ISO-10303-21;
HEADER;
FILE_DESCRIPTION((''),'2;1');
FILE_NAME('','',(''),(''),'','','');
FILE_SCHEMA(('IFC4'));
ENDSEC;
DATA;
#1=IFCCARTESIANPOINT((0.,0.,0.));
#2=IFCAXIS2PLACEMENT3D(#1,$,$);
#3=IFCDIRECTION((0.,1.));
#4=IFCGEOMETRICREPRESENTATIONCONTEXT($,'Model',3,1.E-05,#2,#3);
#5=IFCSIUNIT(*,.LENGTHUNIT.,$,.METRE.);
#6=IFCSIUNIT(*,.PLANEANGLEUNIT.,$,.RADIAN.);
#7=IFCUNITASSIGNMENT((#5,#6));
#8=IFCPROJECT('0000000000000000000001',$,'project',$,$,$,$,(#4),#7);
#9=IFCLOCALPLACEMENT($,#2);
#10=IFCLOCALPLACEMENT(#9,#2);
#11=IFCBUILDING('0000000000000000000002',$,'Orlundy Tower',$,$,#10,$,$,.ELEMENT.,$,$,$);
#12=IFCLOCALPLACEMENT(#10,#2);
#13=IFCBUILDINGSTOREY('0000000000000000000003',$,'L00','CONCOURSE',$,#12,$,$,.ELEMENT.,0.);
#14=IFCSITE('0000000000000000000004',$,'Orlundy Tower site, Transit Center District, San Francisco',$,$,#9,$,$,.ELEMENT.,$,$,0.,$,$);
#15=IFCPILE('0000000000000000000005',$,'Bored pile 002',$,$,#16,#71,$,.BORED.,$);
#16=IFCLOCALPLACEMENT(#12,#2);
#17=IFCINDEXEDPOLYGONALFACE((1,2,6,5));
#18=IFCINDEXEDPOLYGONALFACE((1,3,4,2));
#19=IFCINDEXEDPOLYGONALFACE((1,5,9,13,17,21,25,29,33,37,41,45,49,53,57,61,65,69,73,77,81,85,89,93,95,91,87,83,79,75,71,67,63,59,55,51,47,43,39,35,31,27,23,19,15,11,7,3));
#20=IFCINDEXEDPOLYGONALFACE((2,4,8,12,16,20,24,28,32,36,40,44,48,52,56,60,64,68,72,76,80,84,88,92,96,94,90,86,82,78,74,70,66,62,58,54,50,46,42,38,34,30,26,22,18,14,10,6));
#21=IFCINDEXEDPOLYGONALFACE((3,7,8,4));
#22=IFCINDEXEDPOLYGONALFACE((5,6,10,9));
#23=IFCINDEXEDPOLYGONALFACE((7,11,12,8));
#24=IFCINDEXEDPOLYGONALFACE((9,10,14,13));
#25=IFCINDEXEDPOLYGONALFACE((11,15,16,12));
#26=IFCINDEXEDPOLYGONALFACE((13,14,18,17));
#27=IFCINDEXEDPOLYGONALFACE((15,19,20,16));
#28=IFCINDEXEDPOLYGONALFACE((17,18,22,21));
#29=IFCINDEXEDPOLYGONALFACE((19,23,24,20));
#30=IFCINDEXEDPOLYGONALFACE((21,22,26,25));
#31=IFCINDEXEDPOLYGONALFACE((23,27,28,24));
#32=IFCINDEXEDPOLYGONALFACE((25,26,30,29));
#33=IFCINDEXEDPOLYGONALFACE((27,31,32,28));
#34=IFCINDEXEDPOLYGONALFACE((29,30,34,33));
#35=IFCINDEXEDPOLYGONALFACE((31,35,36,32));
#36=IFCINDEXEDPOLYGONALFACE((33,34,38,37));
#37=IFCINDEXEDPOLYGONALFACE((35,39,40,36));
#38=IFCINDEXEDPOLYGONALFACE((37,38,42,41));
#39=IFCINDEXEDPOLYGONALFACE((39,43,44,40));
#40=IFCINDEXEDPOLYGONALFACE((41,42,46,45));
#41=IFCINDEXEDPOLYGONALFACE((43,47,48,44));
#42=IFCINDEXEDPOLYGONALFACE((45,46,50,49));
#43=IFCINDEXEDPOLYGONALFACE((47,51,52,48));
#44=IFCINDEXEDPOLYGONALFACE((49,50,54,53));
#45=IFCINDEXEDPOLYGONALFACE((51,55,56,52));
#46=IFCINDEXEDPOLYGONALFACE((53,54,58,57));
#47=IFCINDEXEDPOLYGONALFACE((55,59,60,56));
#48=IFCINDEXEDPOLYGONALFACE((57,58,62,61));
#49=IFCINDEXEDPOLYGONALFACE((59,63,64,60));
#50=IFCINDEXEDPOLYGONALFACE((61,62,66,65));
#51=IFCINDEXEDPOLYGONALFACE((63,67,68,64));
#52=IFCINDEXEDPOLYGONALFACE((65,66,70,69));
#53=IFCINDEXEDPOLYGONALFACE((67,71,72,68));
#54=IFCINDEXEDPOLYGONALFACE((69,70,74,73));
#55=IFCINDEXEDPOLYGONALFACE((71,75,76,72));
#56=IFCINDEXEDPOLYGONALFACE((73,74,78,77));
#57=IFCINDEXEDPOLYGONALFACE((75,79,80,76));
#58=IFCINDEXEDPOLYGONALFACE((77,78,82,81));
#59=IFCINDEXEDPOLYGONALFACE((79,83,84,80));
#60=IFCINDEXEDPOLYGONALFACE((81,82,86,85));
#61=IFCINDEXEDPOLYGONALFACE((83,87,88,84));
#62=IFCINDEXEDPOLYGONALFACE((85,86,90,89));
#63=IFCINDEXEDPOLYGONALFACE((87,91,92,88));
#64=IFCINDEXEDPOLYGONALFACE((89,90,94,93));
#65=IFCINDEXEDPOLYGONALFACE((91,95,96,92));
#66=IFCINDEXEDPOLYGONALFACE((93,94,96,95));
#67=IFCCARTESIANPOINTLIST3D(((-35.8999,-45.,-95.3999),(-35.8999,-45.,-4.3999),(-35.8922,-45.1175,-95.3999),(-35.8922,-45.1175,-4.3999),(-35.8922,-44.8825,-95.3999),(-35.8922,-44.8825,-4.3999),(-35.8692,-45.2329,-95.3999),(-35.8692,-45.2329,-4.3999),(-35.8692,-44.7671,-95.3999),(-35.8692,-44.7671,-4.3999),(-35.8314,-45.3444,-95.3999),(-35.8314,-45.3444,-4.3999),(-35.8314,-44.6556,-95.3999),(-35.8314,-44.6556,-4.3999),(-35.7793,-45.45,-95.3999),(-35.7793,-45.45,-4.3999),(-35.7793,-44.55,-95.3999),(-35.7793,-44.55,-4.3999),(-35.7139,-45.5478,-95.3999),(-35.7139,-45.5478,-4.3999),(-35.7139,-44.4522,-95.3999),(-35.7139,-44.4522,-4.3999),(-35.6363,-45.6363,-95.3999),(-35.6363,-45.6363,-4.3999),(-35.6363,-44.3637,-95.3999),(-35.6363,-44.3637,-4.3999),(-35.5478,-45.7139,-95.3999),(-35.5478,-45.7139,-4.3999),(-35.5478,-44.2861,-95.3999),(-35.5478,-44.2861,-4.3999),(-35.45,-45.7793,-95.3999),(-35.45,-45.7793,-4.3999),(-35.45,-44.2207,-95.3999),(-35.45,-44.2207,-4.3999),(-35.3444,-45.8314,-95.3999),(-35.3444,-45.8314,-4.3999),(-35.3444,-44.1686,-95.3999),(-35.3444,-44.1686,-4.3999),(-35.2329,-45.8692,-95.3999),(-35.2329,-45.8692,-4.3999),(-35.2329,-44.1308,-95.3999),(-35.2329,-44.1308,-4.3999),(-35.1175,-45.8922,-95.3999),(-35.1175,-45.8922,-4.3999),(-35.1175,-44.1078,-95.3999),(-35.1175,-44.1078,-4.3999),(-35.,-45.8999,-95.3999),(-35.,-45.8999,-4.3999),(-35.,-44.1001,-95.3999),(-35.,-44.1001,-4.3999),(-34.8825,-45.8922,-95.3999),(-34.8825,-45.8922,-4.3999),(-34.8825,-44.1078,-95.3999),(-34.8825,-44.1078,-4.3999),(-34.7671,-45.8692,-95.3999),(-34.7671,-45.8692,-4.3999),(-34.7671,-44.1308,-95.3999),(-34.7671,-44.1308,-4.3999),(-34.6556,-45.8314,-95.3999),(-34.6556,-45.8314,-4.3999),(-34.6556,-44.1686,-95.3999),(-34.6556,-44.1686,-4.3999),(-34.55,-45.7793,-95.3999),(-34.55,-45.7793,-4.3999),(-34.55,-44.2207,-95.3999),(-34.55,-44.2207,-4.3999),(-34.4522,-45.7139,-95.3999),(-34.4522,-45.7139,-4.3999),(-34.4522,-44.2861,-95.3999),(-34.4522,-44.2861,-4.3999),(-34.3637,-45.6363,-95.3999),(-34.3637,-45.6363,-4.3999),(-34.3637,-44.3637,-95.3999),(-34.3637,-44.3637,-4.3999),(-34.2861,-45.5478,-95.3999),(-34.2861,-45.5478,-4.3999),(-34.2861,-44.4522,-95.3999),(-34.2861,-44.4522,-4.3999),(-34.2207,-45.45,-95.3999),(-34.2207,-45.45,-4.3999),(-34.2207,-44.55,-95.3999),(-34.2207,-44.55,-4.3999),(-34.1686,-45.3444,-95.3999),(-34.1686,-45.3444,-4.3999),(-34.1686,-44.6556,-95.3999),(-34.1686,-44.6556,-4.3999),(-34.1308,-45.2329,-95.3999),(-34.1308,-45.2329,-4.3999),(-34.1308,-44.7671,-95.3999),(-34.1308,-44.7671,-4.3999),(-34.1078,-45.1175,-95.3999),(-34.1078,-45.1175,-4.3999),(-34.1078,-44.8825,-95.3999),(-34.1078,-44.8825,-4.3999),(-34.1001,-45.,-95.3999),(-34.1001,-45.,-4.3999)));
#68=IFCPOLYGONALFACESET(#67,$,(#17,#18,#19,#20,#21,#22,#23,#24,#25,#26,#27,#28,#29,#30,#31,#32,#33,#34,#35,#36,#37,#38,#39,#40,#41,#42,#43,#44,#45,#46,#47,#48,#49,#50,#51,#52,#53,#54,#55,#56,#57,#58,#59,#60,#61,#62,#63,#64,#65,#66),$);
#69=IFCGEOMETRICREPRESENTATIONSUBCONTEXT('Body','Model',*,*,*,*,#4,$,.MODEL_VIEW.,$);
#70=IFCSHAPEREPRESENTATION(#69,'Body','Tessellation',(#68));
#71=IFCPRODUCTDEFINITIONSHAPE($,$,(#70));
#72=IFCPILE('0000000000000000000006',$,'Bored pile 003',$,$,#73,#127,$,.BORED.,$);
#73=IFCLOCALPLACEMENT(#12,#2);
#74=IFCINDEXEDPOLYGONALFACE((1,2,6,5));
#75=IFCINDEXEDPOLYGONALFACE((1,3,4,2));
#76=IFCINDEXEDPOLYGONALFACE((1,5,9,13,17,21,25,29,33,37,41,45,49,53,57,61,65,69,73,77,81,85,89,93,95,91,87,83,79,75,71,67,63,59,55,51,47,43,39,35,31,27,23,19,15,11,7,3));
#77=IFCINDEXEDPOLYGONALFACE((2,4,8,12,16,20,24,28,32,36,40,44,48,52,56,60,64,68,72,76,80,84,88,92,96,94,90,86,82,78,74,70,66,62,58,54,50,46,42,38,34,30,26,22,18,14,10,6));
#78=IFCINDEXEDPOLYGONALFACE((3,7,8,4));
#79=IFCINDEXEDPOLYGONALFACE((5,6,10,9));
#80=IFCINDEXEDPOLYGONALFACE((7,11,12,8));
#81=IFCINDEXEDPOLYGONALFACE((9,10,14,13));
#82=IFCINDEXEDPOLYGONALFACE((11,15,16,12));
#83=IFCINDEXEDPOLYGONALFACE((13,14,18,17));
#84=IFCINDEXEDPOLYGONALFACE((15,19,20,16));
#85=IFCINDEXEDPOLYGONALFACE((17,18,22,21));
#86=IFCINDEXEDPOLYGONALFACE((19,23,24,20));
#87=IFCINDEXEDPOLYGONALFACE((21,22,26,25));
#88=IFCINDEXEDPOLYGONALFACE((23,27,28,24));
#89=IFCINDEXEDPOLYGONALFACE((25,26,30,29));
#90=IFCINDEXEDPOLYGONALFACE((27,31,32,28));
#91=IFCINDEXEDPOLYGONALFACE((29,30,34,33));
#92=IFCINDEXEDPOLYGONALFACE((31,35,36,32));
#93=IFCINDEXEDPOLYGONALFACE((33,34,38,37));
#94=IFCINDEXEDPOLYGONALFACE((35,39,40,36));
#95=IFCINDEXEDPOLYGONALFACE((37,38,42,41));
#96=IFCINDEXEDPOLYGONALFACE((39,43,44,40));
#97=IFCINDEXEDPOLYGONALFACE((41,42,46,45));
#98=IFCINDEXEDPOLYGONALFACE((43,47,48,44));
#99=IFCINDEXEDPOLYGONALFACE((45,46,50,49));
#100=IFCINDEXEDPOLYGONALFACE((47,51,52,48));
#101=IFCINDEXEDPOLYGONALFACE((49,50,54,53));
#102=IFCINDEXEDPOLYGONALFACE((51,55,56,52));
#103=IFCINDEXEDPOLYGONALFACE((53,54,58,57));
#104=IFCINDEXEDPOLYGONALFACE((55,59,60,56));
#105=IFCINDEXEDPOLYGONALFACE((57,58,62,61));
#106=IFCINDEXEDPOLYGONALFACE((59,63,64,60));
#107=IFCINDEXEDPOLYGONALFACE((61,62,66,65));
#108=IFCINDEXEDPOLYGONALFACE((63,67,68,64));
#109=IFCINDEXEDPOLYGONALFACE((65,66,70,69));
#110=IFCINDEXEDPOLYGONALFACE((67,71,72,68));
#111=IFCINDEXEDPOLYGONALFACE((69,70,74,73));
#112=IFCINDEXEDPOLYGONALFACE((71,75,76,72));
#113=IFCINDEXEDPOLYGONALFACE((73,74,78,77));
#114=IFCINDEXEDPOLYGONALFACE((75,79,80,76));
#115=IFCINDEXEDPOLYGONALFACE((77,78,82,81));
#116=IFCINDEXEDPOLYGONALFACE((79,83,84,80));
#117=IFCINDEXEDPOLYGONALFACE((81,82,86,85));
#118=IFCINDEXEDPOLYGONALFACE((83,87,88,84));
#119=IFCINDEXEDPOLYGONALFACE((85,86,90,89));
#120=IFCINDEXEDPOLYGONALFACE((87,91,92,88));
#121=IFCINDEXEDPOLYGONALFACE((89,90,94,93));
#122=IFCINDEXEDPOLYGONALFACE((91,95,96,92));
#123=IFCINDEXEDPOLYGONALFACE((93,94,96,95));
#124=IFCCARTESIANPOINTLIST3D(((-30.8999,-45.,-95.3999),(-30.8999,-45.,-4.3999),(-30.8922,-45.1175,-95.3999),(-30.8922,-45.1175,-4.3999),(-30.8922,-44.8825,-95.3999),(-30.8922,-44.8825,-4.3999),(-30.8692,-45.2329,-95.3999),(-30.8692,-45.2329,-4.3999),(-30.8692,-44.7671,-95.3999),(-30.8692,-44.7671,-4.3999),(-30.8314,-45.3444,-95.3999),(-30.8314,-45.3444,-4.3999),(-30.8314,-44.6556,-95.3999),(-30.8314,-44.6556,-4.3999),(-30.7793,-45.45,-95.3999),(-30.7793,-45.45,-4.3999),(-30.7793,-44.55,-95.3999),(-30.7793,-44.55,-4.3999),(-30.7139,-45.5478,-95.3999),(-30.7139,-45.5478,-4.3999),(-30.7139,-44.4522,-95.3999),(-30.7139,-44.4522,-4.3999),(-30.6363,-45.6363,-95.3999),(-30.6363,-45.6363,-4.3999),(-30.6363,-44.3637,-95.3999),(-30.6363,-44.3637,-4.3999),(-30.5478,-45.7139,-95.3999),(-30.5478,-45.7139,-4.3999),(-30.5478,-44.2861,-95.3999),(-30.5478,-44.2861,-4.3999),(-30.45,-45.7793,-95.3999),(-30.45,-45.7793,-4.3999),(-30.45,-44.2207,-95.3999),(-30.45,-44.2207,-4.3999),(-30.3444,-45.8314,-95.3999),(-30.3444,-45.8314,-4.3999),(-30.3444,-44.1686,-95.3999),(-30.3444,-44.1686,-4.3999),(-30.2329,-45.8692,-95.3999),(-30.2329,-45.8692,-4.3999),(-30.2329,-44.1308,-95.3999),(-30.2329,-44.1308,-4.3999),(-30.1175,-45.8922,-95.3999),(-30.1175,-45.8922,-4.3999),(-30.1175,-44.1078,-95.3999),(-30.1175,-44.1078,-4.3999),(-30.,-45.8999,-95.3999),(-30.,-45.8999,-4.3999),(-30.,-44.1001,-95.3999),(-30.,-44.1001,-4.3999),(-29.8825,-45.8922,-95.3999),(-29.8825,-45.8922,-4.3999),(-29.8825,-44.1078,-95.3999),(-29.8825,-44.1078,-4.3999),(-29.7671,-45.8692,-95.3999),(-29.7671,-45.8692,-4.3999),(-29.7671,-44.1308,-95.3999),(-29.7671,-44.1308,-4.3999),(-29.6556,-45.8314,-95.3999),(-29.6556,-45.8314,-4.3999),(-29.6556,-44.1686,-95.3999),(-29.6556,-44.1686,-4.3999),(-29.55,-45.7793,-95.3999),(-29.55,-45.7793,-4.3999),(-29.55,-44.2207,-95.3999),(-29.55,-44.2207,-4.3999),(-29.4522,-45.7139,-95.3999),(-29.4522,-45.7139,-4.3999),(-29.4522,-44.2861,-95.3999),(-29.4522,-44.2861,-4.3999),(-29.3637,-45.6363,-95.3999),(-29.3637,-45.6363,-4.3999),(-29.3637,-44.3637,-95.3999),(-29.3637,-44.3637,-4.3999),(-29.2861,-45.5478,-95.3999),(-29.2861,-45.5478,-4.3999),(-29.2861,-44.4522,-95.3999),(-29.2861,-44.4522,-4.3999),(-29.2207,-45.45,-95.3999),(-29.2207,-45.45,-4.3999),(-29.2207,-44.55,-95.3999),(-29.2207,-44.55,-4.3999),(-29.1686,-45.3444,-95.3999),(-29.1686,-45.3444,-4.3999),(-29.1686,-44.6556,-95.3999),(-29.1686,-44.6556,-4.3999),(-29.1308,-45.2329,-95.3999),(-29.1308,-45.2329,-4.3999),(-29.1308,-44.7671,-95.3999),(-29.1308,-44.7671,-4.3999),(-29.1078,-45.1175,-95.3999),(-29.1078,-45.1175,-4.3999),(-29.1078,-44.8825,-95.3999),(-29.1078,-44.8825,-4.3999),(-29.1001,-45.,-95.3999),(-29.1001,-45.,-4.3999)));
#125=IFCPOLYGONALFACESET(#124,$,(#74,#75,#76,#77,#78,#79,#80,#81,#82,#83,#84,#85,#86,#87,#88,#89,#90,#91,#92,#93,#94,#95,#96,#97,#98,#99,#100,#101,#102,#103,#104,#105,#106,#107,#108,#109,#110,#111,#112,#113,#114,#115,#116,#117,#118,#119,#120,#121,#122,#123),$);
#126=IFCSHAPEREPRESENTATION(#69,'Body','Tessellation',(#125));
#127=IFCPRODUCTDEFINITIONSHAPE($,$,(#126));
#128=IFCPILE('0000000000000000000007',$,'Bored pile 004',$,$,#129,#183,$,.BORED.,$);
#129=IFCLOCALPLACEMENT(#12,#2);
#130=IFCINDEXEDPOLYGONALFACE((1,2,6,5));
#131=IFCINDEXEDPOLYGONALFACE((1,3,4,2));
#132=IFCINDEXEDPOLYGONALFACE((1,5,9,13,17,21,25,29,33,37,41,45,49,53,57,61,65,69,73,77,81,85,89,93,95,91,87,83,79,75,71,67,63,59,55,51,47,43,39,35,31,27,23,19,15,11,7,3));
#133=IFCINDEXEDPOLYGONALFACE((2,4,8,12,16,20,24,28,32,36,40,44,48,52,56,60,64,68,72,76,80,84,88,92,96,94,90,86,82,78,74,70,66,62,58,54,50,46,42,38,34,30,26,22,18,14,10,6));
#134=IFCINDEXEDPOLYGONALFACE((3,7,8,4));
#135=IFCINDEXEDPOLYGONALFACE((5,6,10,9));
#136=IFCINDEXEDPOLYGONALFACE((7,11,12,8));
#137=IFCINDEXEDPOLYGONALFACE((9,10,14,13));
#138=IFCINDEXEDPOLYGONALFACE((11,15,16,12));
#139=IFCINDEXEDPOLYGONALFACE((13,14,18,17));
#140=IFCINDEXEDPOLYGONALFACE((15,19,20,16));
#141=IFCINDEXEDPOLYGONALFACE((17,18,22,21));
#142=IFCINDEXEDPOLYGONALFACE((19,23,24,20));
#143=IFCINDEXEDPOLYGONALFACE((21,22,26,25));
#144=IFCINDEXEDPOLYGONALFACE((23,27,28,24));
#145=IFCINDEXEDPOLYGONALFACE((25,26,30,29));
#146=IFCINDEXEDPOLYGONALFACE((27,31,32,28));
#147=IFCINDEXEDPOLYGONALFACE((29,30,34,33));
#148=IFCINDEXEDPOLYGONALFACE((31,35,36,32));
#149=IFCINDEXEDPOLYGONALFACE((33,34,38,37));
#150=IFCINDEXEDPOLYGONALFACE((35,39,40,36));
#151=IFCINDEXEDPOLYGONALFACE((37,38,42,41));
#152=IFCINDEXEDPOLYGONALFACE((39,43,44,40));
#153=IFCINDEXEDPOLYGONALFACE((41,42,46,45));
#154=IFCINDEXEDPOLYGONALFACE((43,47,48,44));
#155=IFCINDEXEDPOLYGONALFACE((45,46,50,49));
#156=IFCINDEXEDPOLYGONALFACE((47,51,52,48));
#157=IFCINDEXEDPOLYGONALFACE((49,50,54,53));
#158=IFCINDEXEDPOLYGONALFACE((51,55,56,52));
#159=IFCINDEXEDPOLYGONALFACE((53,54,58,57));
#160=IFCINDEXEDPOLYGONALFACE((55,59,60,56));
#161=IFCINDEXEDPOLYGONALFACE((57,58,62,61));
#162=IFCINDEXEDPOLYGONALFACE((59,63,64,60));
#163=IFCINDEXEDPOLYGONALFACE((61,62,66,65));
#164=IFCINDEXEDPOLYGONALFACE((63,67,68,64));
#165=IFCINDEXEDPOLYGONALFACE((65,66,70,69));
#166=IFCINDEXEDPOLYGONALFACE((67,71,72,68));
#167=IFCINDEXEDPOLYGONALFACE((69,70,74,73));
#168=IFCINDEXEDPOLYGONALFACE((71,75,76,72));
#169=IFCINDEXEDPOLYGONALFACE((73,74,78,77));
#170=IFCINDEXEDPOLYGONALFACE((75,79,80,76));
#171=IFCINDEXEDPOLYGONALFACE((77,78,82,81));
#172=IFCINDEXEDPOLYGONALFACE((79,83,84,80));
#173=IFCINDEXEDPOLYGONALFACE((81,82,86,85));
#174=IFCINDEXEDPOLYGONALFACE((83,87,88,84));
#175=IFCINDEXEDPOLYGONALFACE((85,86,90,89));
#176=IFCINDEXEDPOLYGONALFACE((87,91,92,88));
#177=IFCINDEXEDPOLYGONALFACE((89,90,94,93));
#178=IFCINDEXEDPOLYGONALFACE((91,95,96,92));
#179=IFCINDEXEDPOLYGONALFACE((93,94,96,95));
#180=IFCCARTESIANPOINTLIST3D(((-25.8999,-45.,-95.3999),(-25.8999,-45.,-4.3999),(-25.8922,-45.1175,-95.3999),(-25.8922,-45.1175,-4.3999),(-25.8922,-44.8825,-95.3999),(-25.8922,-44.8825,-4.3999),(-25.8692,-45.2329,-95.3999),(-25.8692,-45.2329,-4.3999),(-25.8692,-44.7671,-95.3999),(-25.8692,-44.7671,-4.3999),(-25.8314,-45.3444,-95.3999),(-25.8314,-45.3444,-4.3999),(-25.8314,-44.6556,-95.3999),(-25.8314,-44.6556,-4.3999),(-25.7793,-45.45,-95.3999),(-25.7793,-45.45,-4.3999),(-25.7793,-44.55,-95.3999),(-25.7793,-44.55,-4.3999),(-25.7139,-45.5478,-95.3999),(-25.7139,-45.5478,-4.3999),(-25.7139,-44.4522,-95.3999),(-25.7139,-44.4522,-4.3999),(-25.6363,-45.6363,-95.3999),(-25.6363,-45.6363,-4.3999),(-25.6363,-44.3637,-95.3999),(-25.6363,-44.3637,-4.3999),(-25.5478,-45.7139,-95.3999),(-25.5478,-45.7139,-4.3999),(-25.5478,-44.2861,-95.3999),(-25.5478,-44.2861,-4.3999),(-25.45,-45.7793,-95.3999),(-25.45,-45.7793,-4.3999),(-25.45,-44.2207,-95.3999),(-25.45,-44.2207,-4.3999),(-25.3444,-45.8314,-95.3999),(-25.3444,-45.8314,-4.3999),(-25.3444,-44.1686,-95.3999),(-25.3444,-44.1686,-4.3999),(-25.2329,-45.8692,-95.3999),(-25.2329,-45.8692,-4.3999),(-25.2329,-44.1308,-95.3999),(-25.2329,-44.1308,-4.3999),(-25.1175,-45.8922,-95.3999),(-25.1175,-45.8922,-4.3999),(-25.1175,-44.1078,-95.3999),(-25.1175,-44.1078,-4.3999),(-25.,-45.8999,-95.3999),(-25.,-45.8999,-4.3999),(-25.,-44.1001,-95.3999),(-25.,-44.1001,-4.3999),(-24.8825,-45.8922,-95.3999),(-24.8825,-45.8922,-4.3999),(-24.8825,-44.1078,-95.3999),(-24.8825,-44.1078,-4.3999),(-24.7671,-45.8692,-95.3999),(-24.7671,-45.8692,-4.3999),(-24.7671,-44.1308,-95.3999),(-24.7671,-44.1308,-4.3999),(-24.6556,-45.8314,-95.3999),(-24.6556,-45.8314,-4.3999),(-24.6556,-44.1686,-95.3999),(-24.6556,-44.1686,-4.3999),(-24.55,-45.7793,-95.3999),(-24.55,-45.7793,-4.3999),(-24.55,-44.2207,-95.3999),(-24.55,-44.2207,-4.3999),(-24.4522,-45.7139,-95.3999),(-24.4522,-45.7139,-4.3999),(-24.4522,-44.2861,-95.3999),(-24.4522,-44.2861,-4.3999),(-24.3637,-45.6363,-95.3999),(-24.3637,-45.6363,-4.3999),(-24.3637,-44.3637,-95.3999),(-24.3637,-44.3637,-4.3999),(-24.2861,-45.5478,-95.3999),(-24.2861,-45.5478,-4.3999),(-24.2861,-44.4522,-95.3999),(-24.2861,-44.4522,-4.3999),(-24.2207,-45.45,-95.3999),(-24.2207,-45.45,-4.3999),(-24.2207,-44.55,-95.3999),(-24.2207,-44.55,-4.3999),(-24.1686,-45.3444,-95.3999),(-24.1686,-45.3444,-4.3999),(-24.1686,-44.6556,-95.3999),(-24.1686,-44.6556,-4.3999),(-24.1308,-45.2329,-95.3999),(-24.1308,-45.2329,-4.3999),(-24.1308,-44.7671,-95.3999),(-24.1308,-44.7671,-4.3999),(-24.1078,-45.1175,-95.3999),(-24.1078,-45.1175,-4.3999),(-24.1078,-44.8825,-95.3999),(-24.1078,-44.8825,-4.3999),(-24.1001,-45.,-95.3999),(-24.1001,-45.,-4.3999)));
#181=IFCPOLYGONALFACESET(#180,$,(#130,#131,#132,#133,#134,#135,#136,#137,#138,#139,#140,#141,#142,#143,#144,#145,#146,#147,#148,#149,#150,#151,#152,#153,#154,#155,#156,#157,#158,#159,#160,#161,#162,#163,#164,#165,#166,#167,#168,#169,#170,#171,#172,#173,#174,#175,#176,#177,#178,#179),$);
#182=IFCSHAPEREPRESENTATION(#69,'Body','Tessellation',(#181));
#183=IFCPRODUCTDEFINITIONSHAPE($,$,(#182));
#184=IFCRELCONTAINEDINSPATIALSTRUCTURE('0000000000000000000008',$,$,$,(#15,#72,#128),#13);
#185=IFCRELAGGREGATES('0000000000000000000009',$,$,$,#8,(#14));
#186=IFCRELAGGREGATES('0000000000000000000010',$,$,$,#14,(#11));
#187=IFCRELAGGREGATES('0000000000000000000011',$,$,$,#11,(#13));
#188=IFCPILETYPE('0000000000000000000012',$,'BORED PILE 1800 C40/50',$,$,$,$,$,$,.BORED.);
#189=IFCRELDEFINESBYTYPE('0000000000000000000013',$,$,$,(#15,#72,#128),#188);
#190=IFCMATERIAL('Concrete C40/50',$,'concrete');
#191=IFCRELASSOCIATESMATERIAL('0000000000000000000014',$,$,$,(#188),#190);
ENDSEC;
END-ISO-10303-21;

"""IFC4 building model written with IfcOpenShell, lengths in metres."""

from ifc_helpers import new_model, si_unit, direction, frame, origin, origin_2d, place, context, subcontext, project, spatial, circle, extrude, material, material_profile, profile_set, type_object, element, save


model = new_model("IFC4")

# Units and contexts
model_context = context("Model", 3, precision=1e-05, world=origin(), true_north=direction((0.0, 1.0)))
body_context = subcontext(model_context, "Body", "Model", "MODEL_VIEW")
ifc_project = project(units=[si_unit("LENGTHUNIT", "METRE"), si_unit("PLANEANGLEUNIT", "RADIAN")], contexts=[model_context])

# Site, building, storey
site_placement = place(None, origin())
site = spatial("IfcSite", under=ifc_project, at=site_placement, Name="Orlundy Tower site, Transit Center District, San Francisco", CompositionType="ELEMENT", RefElevation=0.0)
building_placement = place(site_placement, origin())
building = spatial("IfcBuilding", under=site, at=building_placement, Name="Orlundy Tower", CompositionType="ELEMENT")
storey_placement = place(building_placement, origin())
storey = spatial("IfcBuildingStorey", under=building, at=storey_placement, Name="L00", Description="CONCOURSE", CompositionType="ELEMENT", Elevation=0.0)

# Piles
ifc_material_1 = material(Name="Concrete C40/50", Category="concrete")
ifc_material_profile_1 = material_profile(ifc_material_1, circle(Radius=0.8999, at=origin_2d()), Name="BP1800")
ifc_profile_set_1 = profile_set([ifc_material_profile_1], Name="Concrete C40/50")
pile_type = type_object("IfcPileType", Name="BORED PILE 1800 C40/50", PredefinedType="BORED", material=ifc_profile_set_1)
for number, where, z_axis, x_axis, name in (
    (1, (-35.0, -45.0, -4.3999), (0.0, 0.0, -1.0), (1.0, 0.0, 0.0), "Bored pile 002"),
    (2, (-30.0, -45.0, -4.3999), (0.0, 0.0, -1.0), (1.0, 0.0, 0.0), "Bored pile 003"),
    (3, (-25.0, -45.0, -4.3999), (0.0, 0.0, -1.0), (1.0, 0.0, 0.0), "Bored pile 004"),
):
    element("IfcPile", number, at=place(storey_placement, frame(where, z_axis=z_axis, x_axis=x_axis)), inside=storey, type_object=pile_type, Name=name, PredefinedType="BORED", context=body_context, shape_type="SweptSolid", body=[
        extrude(circle(Radius=0.8999, at=origin_2d()), origin(), (0.0, 0.0, 1.0), 91.0),
    ])

save(model, "model.ifc")
